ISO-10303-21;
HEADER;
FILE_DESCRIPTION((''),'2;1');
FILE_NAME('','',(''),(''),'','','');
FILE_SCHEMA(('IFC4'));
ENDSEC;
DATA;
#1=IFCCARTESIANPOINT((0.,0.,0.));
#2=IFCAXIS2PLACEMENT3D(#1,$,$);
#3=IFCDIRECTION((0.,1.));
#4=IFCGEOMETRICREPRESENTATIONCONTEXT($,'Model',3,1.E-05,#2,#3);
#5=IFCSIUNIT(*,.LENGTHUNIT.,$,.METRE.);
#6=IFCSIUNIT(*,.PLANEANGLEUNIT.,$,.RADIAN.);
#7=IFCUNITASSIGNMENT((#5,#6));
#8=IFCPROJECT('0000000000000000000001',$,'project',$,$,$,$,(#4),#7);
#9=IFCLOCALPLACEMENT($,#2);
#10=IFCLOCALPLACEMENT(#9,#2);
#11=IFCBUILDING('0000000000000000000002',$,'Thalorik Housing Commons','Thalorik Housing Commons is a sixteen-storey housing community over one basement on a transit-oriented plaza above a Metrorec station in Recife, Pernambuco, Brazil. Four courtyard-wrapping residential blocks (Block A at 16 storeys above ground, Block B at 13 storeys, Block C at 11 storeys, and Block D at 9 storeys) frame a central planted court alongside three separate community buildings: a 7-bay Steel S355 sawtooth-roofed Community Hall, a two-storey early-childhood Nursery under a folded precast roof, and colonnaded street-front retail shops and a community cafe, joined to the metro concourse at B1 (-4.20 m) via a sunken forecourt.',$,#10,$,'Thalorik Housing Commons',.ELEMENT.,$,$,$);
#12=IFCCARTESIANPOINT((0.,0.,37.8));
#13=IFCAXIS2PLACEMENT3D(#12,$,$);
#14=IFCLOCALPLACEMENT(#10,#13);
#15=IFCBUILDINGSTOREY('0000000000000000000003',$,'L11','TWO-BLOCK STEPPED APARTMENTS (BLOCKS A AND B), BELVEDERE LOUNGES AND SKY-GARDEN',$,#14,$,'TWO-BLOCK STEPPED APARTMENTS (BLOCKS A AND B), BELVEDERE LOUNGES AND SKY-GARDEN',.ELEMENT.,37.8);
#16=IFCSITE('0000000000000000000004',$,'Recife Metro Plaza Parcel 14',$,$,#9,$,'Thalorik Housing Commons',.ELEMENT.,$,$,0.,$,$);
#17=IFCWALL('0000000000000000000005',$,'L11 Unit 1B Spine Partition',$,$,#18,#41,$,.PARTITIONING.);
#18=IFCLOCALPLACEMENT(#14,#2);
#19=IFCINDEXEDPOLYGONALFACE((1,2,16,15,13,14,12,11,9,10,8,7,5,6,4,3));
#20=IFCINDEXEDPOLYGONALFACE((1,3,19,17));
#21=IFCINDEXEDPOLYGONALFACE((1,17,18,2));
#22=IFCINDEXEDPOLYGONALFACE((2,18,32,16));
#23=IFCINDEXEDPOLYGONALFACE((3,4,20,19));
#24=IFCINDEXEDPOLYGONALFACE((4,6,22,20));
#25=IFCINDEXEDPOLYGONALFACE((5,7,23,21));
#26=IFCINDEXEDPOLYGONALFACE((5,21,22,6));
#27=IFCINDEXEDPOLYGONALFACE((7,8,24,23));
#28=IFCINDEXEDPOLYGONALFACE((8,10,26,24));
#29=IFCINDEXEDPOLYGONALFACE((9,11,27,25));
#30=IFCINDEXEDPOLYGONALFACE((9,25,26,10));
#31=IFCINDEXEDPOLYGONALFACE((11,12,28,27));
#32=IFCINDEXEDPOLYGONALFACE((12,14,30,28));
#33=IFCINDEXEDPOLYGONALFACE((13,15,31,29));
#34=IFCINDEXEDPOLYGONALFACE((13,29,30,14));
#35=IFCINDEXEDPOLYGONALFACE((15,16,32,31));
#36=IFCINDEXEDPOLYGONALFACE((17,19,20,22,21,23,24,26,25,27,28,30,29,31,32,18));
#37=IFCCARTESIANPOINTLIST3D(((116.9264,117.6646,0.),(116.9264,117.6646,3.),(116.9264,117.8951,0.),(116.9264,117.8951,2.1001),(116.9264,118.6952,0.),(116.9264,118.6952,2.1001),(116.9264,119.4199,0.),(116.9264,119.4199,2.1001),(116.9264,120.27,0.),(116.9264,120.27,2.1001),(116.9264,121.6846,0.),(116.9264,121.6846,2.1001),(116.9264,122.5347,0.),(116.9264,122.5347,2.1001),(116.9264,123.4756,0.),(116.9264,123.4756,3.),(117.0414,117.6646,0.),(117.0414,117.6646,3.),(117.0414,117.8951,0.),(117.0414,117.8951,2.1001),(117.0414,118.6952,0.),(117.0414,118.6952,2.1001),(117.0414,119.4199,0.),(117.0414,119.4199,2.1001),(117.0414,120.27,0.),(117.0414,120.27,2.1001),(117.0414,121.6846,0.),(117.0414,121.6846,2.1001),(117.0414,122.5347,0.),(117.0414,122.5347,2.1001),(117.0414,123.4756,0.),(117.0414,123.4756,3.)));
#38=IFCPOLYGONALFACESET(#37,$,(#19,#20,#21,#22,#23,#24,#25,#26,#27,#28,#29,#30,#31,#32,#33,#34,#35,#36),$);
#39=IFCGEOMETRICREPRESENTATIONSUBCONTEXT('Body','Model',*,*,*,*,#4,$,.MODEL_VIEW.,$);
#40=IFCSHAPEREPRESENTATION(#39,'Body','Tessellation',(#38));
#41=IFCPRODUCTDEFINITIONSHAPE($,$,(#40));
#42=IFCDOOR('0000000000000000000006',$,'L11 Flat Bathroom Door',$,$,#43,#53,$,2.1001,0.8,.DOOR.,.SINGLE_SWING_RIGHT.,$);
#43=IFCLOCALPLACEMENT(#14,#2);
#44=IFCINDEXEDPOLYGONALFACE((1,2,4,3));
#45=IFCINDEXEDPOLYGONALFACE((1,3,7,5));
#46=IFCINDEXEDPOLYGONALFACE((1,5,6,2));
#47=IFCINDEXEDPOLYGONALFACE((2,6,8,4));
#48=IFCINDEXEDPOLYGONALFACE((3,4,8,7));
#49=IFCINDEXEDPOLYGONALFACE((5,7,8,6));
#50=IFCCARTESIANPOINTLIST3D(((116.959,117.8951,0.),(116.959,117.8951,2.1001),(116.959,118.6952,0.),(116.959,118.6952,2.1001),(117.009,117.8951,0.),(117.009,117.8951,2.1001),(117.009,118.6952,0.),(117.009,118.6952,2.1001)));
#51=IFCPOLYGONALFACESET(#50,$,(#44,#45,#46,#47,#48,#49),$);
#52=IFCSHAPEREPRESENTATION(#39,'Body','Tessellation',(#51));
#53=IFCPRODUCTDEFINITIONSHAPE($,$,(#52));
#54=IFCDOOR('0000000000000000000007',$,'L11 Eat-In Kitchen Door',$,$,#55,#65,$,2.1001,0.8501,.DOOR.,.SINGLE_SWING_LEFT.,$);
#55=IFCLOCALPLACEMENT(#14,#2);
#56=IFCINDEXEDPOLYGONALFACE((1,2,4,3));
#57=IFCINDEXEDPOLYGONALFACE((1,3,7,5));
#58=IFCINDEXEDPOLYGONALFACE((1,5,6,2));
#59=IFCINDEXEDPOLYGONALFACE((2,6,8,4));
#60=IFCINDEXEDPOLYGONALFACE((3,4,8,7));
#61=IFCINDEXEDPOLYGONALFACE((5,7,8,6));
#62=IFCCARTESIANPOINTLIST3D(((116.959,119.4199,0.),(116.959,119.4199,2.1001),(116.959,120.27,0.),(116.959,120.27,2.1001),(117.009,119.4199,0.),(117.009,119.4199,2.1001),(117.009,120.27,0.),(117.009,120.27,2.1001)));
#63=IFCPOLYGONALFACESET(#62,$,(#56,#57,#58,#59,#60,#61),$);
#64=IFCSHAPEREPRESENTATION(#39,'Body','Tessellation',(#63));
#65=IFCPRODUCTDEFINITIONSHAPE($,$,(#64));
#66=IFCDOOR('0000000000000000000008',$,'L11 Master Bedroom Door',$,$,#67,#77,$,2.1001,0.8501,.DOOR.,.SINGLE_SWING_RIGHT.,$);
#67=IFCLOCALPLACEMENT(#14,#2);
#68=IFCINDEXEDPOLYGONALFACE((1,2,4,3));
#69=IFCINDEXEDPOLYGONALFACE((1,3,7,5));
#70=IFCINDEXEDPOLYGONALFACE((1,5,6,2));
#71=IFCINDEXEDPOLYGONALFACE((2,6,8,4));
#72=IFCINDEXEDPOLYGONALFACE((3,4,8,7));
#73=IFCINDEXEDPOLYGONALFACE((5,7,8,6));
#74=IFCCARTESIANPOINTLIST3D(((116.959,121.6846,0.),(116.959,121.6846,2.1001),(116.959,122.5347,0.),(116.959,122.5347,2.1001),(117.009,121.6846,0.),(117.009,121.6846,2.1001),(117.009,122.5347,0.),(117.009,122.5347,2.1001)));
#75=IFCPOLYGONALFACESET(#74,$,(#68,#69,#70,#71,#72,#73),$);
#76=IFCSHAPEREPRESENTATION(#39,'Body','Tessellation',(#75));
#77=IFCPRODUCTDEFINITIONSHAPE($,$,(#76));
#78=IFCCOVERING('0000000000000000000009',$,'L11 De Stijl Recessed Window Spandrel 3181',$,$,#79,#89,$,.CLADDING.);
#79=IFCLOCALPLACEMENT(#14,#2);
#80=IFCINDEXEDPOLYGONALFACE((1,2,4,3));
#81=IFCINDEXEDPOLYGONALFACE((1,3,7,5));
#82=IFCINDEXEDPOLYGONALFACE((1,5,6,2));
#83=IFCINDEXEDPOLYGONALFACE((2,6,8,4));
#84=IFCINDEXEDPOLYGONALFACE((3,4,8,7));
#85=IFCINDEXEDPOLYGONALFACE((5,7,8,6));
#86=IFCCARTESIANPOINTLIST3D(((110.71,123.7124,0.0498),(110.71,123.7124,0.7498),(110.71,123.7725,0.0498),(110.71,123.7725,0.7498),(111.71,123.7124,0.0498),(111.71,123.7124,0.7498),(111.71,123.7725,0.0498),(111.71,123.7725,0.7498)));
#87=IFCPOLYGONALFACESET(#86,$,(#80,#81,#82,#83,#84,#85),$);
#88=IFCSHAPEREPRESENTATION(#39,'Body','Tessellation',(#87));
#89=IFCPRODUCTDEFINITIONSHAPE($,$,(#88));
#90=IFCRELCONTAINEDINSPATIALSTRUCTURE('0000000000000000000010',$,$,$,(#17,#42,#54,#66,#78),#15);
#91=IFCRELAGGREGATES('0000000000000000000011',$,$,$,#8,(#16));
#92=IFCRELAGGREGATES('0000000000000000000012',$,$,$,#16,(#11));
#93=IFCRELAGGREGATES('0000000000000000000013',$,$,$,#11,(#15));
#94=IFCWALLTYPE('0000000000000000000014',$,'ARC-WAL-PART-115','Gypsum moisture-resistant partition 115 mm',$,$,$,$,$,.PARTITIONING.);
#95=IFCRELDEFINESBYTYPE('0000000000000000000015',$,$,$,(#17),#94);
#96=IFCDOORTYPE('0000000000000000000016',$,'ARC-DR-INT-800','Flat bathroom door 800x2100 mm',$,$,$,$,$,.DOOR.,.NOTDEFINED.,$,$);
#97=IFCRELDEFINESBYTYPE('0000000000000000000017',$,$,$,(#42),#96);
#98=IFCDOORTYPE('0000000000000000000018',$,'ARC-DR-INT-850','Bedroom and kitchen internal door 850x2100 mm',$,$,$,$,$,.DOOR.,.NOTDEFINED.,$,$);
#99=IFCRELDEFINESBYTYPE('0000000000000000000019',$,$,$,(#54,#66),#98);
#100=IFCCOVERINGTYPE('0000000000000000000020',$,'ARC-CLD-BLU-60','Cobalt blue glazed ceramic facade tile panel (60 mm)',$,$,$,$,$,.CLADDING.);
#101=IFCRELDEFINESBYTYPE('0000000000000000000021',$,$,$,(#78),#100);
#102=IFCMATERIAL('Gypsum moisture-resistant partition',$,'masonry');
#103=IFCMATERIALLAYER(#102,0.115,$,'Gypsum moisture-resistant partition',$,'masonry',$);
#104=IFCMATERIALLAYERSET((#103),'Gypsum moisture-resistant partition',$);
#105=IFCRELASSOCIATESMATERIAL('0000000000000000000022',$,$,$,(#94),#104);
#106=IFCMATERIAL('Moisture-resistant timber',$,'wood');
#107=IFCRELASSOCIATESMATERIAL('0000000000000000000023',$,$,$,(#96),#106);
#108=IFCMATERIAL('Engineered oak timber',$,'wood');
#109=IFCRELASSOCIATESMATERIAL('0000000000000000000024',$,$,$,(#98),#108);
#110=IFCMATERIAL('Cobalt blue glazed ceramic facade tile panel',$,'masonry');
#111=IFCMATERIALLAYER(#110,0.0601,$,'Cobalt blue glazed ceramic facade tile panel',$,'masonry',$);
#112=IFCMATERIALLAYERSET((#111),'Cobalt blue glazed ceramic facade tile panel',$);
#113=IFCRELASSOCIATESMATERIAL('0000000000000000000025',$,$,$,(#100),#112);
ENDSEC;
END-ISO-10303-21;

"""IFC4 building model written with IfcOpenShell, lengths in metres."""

from ifc_helpers import new_model, si_unit, direction, frame, frame_2d, origin, origin_2d, place, context, subcontext, project, spatial, rectangle, extrude, material, layer, layer_set, type_object, element, fill, save


model = new_model("IFC4")

# Units and contexts
model_context = context("Model", 3, precision=1e-05, world=origin(), true_north=direction((0.0, 1.0)))
body_context = subcontext(model_context, "Body", "Model", "MODEL_VIEW")
ifc_project = project(units=[si_unit("LENGTHUNIT", "METRE"), si_unit("PLANEANGLEUNIT", "RADIAN")], contexts=[model_context])

# Site, building, storey
site_placement = place(None, origin())
site = spatial("IfcSite", under=ifc_project, at=site_placement, Name="Recife Metro Plaza Parcel 14", LongName="Thalorik Housing Commons", CompositionType="ELEMENT", RefElevation=0.0)
building_placement = place(site_placement, origin())
building = spatial("IfcBuilding", under=site, at=building_placement, Name="Thalorik Housing Commons", Description="Thalorik Housing Commons is a sixteen-storey housing community over one basement on a transit-oriented plaza above a Metrorec station in Recife, Pernambuco, Brazil. Four courtyard-wrapping residential blocks (Block A at 16 storeys above ground, Block B at 13 storeys, Block C at 11 storeys, and Block D at 9 storeys) frame a central planted court alongside three separate community buildings: a 7-bay Steel S355 sawtooth-roofed Community Hall, a two-storey early-childhood Nursery under a folded precast roof, and colonnaded street-front retail shops and a community cafe, joined to the metro concourse at B1 (-4.20 m) via a sunken forecourt.", LongName="Thalorik Housing Commons", CompositionType="ELEMENT")
storey_placement = place(building_placement, frame((0.0, 0.0, 37.8)))
storey = spatial("IfcBuildingStorey", under=building, at=storey_placement, Name="L11", Description="TWO-BLOCK STEPPED APARTMENTS (BLOCKS A AND B), BELVEDERE LOUNGES AND SKY-GARDEN", LongName="TWO-BLOCK STEPPED APARTMENTS (BLOCKS A AND B), BELVEDERE LOUNGES AND SKY-GARDEN", CompositionType="ELEMENT", Elevation=37.8)

# Wall, openings, doors
ifc_material_1 = material(Name="Gypsum moisture-resistant partition", Category="masonry")
ifc_layer_1 = layer(ifc_material_1, 0.115, Name="Gypsum moisture-resistant partition", Category="masonry")
ifc_layer_set_1 = layer_set([ifc_layer_1], Name="Gypsum moisture-resistant partition")
wall_type_1 = type_object("IfcWallType", Name="ARC-WAL-PART-115", Description="Gypsum moisture-resistant partition 115 mm", PredefinedType="PARTITIONING", material=ifc_layer_set_1)
wall_1_placement = place(storey_placement, frame((116.9839, 117.6646, 0.0), z_axis=(0.0, 0.0, 1.0), x_axis=(0.0, 1.0, 0.0)))
wall_1 = element("IfcWall", 1, at=wall_1_placement, inside=storey, type_object=wall_type_1, Name="L11 Unit 1B Spine Partition", PredefinedType="PARTITIONING", context=body_context, shape_type="SweptSolid", body=[
    extrude(rectangle(XDim=5.811, YDim=0.115, at=frame_2d((2.9055, 0.0))), origin(), (0.0, 0.0, 1.0), 3.0),
])
opening_1_placement = place(wall_1_placement, frame((0.2307, 0.0, 0.0)))
opening_1 = element("IfcOpeningElement", 2, at=opening_1_placement, cuts=wall_1, PredefinedType="OPENING", context=body_context, shape_type="SweptSolid", body=[
    extrude(rectangle(XDim=0.8, YDim=2.1001, at=frame_2d((0.3999, 1.05))), frame((0.0, 0.0674, 0.0), z_axis=(0.0, -1.0, 0.0), x_axis=(1.0, 0.0, 0.0)), (0.0, 0.0, 1.0), 0.135),
])
opening_2_placement = place(wall_1_placement, frame((1.7554, 0.0, 0.0)))
opening_2 = element("IfcOpeningElement", 3, at=opening_2_placement, cuts=wall_1, PredefinedType="OPENING", context=body_context, shape_type="SweptSolid", body=[
    extrude(rectangle(XDim=0.8501, YDim=2.1001, at=frame_2d((0.425, 1.05))), frame((0.0, 0.0674, 0.0), z_axis=(0.0, -1.0, 0.0), x_axis=(1.0, 0.0, 0.0)), (0.0, 0.0, 1.0), 0.135),
])
opening_3_placement = place(wall_1_placement, frame((4.02, 0.0, 0.0)))
opening_3 = element("IfcOpeningElement", 4, at=opening_3_placement, cuts=wall_1, PredefinedType="OPENING", context=body_context, shape_type="SweptSolid", body=[
    extrude(rectangle(XDim=0.8501, YDim=2.1001, at=frame_2d((0.425, 1.05))), frame((0.0, 0.0674, 0.0), z_axis=(0.0, -1.0, 0.0), x_axis=(1.0, 0.0, 0.0)), (0.0, 0.0, 1.0), 0.135),
])
ifc_material_2 = material(Name="Moisture-resistant timber", Category="wood")
door_type_1 = type_object("IfcDoorType", Name="ARC-DR-INT-800", Description="Flat bathroom door 800x2100 mm", OperationType="NOTDEFINED", PredefinedType="DOOR", material=ifc_material_2)
door_1_placement = place(opening_1_placement, origin())
door_1 = element("IfcDoor", 5, at=door_1_placement, inside=storey, type_object=door_type_1, Name="L11 Flat Bathroom Door", OperationType="SINGLE_SWING_RIGHT", OverallHeight=2.1001, OverallWidth=0.8, PredefinedType="DOOR", context=body_context, shape_type="SweptSolid", body=[
    extrude(rectangle(XDim=0.8, YDim=2.1001, at=frame_2d((0.3999, 1.05))), frame((0.0, 0.0249, 0.0), z_axis=(0.0, -1.0, 0.0), x_axis=(1.0, 0.0, 0.0)), (0.0, 0.0, 1.0), 0.05),
])
fill(opening_1, door_1)
ifc_material_3 = material(Name="Engineered oak timber", Category="wood")
door_type_2 = type_object("IfcDoorType", Name="ARC-DR-INT-850", Description="Bedroom and kitchen internal door 850x2100 mm", OperationType="NOTDEFINED", PredefinedType="DOOR", material=ifc_material_3)
door_2_placement = place(opening_2_placement, origin())
door_2 = element("IfcDoor", 6, at=door_2_placement, inside=storey, type_object=door_type_2, Name="L11 Eat-In Kitchen Door", OperationType="SINGLE_SWING_LEFT", OverallHeight=2.1001, OverallWidth=0.8501, PredefinedType="DOOR", context=body_context, shape_type="SweptSolid", body=[
    extrude(rectangle(XDim=0.8501, YDim=2.1001, at=frame_2d((0.425, 1.05))), frame((0.0, 0.0249, 0.0), z_axis=(0.0, -1.0, 0.0), x_axis=(1.0, 0.0, 0.0)), (0.0, 0.0, 1.0), 0.05),
])
fill(opening_2, door_2)
door_3_placement = place(opening_3_placement, origin())
door_3 = element("IfcDoor", 7, at=door_3_placement, inside=storey, type_object=door_type_2, Name="L11 Master Bedroom Door", OperationType="SINGLE_SWING_RIGHT", OverallHeight=2.1001, OverallWidth=0.8501, PredefinedType="DOOR", context=body_context, shape_type="SweptSolid", body=[
    extrude(rectangle(XDim=0.8501, YDim=2.1001, at=frame_2d((0.425, 1.05))), frame((0.0, 0.0249, 0.0), z_axis=(0.0, -1.0, 0.0), x_axis=(1.0, 0.0, 0.0)), (0.0, 0.0, 1.0), 0.05),
])
fill(opening_3, door_3)

# Covering
ifc_material_4 = material(Name="Cobalt blue glazed ceramic facade tile panel", Category="masonry")
ifc_layer_2 = layer(ifc_material_4, 0.0601, Name="Cobalt blue glazed ceramic facade tile panel", Category="masonry")
ifc_layer_set_2 = layer_set([ifc_layer_2], Name="Cobalt blue glazed ceramic facade tile panel")
covering_type_1 = type_object("IfcCoveringType", Name="ARC-CLD-BLU-60", Description="Cobalt blue glazed ceramic facade tile panel (60 mm)", PredefinedType="CLADDING", material=ifc_layer_set_2)
covering_1_placement = place(storey_placement, frame((111.21, 123.7424, 0.0498), z_axis=(0.0, 0.0, 1.0), x_axis=(-1.0, 0.0, 0.0)))
element("IfcCovering", 8, at=covering_1_placement, inside=storey, type_object=covering_type_1, Name="L11 De Stijl Recessed Window Spandrel 3181", PredefinedType="CLADDING", context=body_context, shape_type="SweptSolid", body=[
    extrude(rectangle(XDim=1.0, YDim=0.0601, at=origin_2d()), origin(), (0.0, 0.0, 1.0), 0.7),
])

save(model, "model.ifc")
